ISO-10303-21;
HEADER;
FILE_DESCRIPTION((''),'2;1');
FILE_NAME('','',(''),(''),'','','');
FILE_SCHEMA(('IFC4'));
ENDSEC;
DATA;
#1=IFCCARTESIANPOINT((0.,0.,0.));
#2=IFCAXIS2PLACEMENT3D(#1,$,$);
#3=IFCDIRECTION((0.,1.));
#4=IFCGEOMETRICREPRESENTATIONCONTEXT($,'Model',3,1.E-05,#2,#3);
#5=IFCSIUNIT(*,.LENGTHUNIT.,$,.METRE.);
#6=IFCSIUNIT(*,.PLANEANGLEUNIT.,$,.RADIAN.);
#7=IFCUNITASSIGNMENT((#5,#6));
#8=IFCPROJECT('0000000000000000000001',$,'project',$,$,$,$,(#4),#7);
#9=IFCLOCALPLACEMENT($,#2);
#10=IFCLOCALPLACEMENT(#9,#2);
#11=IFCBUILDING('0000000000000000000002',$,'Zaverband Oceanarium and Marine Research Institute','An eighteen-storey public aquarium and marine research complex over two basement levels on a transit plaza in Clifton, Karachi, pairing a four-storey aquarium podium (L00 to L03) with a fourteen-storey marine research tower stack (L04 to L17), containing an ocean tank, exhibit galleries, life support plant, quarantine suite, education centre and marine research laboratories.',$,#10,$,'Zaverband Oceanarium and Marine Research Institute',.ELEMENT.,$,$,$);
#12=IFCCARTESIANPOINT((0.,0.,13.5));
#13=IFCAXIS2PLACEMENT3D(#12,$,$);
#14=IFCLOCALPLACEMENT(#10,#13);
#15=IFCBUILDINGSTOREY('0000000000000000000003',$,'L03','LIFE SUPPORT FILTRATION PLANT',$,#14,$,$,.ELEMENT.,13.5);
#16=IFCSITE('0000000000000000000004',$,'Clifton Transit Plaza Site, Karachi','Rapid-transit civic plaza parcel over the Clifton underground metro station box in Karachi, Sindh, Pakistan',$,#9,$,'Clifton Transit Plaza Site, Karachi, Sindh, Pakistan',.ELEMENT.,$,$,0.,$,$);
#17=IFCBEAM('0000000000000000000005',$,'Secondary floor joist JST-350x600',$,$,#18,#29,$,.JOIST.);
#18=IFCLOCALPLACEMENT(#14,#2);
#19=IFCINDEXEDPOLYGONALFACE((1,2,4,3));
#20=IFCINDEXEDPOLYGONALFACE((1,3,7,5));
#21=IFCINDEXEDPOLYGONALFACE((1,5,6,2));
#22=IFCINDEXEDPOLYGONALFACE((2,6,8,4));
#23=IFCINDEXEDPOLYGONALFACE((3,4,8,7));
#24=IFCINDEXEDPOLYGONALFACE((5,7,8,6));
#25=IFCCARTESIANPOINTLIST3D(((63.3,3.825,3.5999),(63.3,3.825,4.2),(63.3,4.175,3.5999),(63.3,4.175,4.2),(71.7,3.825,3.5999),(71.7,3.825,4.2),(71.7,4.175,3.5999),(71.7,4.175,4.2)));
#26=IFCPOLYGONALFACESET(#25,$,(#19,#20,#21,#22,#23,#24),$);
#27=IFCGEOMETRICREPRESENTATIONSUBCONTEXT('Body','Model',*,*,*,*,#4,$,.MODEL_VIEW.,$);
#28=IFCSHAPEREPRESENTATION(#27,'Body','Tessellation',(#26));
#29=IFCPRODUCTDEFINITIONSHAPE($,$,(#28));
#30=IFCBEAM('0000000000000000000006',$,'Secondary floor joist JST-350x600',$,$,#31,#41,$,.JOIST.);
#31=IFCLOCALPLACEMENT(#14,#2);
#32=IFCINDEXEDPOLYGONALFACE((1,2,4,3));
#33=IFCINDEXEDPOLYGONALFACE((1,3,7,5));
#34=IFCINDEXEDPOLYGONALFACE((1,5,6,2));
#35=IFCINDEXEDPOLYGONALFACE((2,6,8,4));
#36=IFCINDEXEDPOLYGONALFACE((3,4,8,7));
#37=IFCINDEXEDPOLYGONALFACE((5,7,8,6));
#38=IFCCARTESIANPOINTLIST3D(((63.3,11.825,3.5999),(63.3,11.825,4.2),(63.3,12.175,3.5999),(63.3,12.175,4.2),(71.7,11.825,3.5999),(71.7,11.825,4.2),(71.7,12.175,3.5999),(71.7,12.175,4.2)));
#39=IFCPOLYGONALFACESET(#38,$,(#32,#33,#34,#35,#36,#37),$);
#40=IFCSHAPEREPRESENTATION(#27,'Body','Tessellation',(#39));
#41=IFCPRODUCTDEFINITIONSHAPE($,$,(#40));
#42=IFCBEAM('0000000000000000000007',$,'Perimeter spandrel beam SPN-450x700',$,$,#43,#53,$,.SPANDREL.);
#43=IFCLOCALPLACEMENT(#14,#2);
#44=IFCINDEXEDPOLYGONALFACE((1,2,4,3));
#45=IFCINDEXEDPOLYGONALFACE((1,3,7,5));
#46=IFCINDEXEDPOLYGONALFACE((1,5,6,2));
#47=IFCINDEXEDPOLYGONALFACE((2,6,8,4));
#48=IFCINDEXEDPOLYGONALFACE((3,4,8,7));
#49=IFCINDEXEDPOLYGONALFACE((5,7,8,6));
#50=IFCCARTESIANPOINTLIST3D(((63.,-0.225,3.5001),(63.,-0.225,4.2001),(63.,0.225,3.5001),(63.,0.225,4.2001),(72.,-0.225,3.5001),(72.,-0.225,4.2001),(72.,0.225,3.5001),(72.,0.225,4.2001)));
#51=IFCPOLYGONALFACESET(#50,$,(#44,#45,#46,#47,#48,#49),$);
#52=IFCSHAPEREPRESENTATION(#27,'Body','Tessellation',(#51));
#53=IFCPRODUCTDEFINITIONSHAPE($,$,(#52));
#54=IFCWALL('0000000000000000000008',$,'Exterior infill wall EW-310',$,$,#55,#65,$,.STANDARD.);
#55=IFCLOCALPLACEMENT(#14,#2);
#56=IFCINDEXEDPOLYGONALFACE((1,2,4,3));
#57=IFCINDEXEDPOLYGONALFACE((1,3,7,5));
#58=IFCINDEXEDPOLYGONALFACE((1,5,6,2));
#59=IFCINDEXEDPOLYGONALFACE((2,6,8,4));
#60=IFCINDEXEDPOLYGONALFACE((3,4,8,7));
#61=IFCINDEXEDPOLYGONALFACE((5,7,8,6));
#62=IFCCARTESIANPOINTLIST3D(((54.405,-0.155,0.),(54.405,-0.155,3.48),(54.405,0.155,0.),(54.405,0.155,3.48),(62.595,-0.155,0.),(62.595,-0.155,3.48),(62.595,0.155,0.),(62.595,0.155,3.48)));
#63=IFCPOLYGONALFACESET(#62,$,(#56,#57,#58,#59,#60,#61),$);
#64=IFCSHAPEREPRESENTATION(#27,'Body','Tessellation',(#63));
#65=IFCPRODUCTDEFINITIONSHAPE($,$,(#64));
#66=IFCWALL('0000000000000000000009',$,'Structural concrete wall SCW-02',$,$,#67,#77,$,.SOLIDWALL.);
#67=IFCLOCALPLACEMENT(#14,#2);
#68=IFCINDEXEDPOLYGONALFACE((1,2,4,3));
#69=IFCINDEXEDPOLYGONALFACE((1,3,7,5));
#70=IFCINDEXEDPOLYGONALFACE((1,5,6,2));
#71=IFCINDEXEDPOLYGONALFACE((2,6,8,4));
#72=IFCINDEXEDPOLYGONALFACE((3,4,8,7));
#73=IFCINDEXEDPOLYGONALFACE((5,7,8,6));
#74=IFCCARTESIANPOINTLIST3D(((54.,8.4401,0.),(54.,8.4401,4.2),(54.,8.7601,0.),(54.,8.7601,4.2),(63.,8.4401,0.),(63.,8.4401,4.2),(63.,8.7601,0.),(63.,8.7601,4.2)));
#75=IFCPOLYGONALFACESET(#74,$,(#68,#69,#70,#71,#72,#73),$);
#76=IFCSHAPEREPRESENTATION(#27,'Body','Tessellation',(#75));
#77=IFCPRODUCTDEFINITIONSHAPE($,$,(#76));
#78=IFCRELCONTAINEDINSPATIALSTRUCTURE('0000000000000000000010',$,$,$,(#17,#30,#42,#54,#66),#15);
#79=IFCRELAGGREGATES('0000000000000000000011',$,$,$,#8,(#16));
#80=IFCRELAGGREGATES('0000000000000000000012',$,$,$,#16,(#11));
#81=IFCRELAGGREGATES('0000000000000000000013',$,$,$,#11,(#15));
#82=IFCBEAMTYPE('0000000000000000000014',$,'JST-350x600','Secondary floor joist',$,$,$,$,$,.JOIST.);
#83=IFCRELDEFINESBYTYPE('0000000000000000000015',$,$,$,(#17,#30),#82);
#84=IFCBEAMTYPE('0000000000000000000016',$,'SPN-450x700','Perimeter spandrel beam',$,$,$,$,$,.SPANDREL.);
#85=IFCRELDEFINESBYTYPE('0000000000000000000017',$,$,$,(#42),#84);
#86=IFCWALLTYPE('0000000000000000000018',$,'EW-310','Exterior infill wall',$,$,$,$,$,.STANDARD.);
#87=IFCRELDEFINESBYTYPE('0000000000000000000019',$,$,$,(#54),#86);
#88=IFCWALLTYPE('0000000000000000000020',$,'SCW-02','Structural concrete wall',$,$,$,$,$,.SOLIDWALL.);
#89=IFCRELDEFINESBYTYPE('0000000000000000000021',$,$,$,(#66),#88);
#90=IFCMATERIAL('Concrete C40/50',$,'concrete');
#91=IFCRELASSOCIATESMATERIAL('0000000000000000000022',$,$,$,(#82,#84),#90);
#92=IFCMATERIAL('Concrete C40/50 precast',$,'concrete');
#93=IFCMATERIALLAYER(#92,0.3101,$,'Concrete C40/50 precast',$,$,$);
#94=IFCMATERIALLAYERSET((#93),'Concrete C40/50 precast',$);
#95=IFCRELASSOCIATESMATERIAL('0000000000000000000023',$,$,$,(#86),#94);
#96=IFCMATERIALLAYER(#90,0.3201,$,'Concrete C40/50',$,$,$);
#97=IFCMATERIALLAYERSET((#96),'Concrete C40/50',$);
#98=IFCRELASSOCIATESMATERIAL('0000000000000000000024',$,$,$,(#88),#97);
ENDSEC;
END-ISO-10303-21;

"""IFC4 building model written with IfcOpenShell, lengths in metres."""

from ifc_helpers import new_model, si_unit, direction, frame, frame_2d, origin, origin_2d, place, context, subcontext, project, spatial, rectangle, extrude, material, layer, layer_set, material_profile, profile_set, type_object, element, save


model = new_model("IFC4")

# Units and contexts
model_context = context("Model", 3, precision=1e-05, world=origin(), true_north=direction((0.0, 1.0)))
body_context = subcontext(model_context, "Body", "Model", "MODEL_VIEW")
ifc_project = project(units=[si_unit("LENGTHUNIT", "METRE"), si_unit("PLANEANGLEUNIT", "RADIAN")], contexts=[model_context])

# Site, building, storey
site_placement = place(None, origin())
site = spatial("IfcSite", under=ifc_project, at=site_placement, Name="Clifton Transit Plaza Site, Karachi", Description="Rapid-transit civic plaza parcel over the Clifton underground metro station box in Karachi, Sindh, Pakistan", LongName="Clifton Transit Plaza Site, Karachi, Sindh, Pakistan", CompositionType="ELEMENT", RefElevation=0.0)
building_placement = place(site_placement, origin())
building = spatial("IfcBuilding", under=site, at=building_placement, Name="Zaverband Oceanarium and Marine Research Institute", Description="An eighteen-storey public aquarium and marine research complex over two basement levels on a transit plaza in Clifton, Karachi, pairing a four-storey aquarium podium (L00 to L03) with a fourteen-storey marine research tower stack (L04 to L17), containing an ocean tank, exhibit galleries, life support plant, quarantine suite, education centre and marine research laboratories.", LongName="Zaverband Oceanarium and Marine Research Institute", CompositionType="ELEMENT")
storey_placement = place(building_placement, frame((0.0, 0.0, 13.5)))
storey = spatial("IfcBuildingStorey", under=building, at=storey_placement, Name="L03", Description="LIFE SUPPORT FILTRATION PLANT", CompositionType="ELEMENT", Elevation=13.5)

# Beams
ifc_material_1 = material(Name="Concrete C40/50", Category="concrete")
ifc_material_profile_1 = material_profile(ifc_material_1, rectangle(XDim=0.3501, YDim=0.6001, at=origin_2d()), Name="RC350x600")
ifc_profile_set_1 = profile_set([ifc_material_profile_1], Name="Concrete C40/50")
beam_type_1 = type_object("IfcBeamType", Name="JST-350x600", Description="Secondary floor joist", PredefinedType="JOIST", material=ifc_profile_set_1)
for number, where, z_axis, x_axis, name in (
    (1, (63.3, 4.0, 3.8999), (1.0, 0.0, 0.0), (0.0, 1.0, 0.0), "Secondary floor joist JST-350x600"),
    (2, (63.3, 12.0, 3.8999), (1.0, 0.0, 0.0), (0.0, 1.0, 0.0), "Secondary floor joist JST-350x600"),
):
    element("IfcBeam", number, at=place(storey_placement, frame(where, z_axis=z_axis, x_axis=x_axis)), inside=storey, type_object=beam_type_1, Name=name, PredefinedType="JOIST", context=body_context, shape_type="SweptSolid", body=[
        extrude(rectangle(XDim=0.3501, YDim=0.6001, at=origin_2d()), origin(), (0.0, 0.0, 1.0), 8.3999),
    ])
ifc_material_profile_2 = material_profile(ifc_material_1, rectangle(XDim=0.45, YDim=0.7, at=origin_2d()), Name="RC450x700")
ifc_profile_set_2 = profile_set([ifc_material_profile_2], Name="Concrete C40/50")
beam_type_2 = type_object("IfcBeamType", Name="SPN-450x700", Description="Perimeter spandrel beam", PredefinedType="SPANDREL", material=ifc_profile_set_2)
beam_placement = place(storey_placement, frame((63.0, 0.0, 3.8501), z_axis=(1.0, 0.0, 0.0), x_axis=(0.0, 1.0, 0.0)))
element("IfcBeam", 3, at=beam_placement, inside=storey, type_object=beam_type_2, Name="Perimeter spandrel beam SPN-450x700", PredefinedType="SPANDREL", context=body_context, shape_type="SweptSolid", body=[
    extrude(rectangle(XDim=0.45, YDim=0.7, at=origin_2d()), origin(), (0.0, 0.0, 1.0), 9.0),
])

# Walls
ifc_material_2 = material(Name="Concrete C40/50 precast", Category="concrete")
ifc_layer_1 = layer(ifc_material_2, 0.3101, Name="Concrete C40/50 precast")
ifc_layer_set_1 = layer_set([ifc_layer_1], Name="Concrete C40/50 precast")
wall_type_1 = type_object("IfcWallType", Name="EW-310", Description="Exterior infill wall", PredefinedType="STANDARD", material=ifc_layer_set_1)
wall_1_placement = place(storey_placement, frame((54.405, 0.0, 0.0), z_axis=(0.0, 0.0, 1.0), x_axis=(1.0, 0.0, 0.0)))
element("IfcWall", 4, at=wall_1_placement, inside=storey, type_object=wall_type_1, Name="Exterior infill wall EW-310", PredefinedType="STANDARD", context=body_context, shape_type="SweptSolid", body=[
    extrude(rectangle(XDim=8.1899, YDim=0.3101, at=frame_2d((4.095, 0.0))), origin(), (0.0, 0.0, 1.0), 3.48),
])
ifc_layer_2 = layer(ifc_material_1, 0.3201, Name="Concrete C40/50")
ifc_layer_set_2 = layer_set([ifc_layer_2], Name="Concrete C40/50")
wall_type_2 = type_object("IfcWallType", Name="SCW-02", Description="Structural concrete wall", PredefinedType="SOLIDWALL", material=ifc_layer_set_2)
wall_2_placement = place(storey_placement, frame((54.0, 8.6001, 0.0), z_axis=(0.0, 0.0, 1.0), x_axis=(1.0, 0.0, 0.0)))
element("IfcWall", 5, at=wall_2_placement, inside=storey, type_object=wall_type_2, Name="Structural concrete wall SCW-02", PredefinedType="SOLIDWALL", context=body_context, shape_type="SweptSolid", body=[
    extrude(rectangle(XDim=9.0, YDim=0.3201, at=frame_2d((4.5, 0.0))), origin(), (0.0, 0.0, 1.0), 4.2),
])

save(model, "model.ifc")
